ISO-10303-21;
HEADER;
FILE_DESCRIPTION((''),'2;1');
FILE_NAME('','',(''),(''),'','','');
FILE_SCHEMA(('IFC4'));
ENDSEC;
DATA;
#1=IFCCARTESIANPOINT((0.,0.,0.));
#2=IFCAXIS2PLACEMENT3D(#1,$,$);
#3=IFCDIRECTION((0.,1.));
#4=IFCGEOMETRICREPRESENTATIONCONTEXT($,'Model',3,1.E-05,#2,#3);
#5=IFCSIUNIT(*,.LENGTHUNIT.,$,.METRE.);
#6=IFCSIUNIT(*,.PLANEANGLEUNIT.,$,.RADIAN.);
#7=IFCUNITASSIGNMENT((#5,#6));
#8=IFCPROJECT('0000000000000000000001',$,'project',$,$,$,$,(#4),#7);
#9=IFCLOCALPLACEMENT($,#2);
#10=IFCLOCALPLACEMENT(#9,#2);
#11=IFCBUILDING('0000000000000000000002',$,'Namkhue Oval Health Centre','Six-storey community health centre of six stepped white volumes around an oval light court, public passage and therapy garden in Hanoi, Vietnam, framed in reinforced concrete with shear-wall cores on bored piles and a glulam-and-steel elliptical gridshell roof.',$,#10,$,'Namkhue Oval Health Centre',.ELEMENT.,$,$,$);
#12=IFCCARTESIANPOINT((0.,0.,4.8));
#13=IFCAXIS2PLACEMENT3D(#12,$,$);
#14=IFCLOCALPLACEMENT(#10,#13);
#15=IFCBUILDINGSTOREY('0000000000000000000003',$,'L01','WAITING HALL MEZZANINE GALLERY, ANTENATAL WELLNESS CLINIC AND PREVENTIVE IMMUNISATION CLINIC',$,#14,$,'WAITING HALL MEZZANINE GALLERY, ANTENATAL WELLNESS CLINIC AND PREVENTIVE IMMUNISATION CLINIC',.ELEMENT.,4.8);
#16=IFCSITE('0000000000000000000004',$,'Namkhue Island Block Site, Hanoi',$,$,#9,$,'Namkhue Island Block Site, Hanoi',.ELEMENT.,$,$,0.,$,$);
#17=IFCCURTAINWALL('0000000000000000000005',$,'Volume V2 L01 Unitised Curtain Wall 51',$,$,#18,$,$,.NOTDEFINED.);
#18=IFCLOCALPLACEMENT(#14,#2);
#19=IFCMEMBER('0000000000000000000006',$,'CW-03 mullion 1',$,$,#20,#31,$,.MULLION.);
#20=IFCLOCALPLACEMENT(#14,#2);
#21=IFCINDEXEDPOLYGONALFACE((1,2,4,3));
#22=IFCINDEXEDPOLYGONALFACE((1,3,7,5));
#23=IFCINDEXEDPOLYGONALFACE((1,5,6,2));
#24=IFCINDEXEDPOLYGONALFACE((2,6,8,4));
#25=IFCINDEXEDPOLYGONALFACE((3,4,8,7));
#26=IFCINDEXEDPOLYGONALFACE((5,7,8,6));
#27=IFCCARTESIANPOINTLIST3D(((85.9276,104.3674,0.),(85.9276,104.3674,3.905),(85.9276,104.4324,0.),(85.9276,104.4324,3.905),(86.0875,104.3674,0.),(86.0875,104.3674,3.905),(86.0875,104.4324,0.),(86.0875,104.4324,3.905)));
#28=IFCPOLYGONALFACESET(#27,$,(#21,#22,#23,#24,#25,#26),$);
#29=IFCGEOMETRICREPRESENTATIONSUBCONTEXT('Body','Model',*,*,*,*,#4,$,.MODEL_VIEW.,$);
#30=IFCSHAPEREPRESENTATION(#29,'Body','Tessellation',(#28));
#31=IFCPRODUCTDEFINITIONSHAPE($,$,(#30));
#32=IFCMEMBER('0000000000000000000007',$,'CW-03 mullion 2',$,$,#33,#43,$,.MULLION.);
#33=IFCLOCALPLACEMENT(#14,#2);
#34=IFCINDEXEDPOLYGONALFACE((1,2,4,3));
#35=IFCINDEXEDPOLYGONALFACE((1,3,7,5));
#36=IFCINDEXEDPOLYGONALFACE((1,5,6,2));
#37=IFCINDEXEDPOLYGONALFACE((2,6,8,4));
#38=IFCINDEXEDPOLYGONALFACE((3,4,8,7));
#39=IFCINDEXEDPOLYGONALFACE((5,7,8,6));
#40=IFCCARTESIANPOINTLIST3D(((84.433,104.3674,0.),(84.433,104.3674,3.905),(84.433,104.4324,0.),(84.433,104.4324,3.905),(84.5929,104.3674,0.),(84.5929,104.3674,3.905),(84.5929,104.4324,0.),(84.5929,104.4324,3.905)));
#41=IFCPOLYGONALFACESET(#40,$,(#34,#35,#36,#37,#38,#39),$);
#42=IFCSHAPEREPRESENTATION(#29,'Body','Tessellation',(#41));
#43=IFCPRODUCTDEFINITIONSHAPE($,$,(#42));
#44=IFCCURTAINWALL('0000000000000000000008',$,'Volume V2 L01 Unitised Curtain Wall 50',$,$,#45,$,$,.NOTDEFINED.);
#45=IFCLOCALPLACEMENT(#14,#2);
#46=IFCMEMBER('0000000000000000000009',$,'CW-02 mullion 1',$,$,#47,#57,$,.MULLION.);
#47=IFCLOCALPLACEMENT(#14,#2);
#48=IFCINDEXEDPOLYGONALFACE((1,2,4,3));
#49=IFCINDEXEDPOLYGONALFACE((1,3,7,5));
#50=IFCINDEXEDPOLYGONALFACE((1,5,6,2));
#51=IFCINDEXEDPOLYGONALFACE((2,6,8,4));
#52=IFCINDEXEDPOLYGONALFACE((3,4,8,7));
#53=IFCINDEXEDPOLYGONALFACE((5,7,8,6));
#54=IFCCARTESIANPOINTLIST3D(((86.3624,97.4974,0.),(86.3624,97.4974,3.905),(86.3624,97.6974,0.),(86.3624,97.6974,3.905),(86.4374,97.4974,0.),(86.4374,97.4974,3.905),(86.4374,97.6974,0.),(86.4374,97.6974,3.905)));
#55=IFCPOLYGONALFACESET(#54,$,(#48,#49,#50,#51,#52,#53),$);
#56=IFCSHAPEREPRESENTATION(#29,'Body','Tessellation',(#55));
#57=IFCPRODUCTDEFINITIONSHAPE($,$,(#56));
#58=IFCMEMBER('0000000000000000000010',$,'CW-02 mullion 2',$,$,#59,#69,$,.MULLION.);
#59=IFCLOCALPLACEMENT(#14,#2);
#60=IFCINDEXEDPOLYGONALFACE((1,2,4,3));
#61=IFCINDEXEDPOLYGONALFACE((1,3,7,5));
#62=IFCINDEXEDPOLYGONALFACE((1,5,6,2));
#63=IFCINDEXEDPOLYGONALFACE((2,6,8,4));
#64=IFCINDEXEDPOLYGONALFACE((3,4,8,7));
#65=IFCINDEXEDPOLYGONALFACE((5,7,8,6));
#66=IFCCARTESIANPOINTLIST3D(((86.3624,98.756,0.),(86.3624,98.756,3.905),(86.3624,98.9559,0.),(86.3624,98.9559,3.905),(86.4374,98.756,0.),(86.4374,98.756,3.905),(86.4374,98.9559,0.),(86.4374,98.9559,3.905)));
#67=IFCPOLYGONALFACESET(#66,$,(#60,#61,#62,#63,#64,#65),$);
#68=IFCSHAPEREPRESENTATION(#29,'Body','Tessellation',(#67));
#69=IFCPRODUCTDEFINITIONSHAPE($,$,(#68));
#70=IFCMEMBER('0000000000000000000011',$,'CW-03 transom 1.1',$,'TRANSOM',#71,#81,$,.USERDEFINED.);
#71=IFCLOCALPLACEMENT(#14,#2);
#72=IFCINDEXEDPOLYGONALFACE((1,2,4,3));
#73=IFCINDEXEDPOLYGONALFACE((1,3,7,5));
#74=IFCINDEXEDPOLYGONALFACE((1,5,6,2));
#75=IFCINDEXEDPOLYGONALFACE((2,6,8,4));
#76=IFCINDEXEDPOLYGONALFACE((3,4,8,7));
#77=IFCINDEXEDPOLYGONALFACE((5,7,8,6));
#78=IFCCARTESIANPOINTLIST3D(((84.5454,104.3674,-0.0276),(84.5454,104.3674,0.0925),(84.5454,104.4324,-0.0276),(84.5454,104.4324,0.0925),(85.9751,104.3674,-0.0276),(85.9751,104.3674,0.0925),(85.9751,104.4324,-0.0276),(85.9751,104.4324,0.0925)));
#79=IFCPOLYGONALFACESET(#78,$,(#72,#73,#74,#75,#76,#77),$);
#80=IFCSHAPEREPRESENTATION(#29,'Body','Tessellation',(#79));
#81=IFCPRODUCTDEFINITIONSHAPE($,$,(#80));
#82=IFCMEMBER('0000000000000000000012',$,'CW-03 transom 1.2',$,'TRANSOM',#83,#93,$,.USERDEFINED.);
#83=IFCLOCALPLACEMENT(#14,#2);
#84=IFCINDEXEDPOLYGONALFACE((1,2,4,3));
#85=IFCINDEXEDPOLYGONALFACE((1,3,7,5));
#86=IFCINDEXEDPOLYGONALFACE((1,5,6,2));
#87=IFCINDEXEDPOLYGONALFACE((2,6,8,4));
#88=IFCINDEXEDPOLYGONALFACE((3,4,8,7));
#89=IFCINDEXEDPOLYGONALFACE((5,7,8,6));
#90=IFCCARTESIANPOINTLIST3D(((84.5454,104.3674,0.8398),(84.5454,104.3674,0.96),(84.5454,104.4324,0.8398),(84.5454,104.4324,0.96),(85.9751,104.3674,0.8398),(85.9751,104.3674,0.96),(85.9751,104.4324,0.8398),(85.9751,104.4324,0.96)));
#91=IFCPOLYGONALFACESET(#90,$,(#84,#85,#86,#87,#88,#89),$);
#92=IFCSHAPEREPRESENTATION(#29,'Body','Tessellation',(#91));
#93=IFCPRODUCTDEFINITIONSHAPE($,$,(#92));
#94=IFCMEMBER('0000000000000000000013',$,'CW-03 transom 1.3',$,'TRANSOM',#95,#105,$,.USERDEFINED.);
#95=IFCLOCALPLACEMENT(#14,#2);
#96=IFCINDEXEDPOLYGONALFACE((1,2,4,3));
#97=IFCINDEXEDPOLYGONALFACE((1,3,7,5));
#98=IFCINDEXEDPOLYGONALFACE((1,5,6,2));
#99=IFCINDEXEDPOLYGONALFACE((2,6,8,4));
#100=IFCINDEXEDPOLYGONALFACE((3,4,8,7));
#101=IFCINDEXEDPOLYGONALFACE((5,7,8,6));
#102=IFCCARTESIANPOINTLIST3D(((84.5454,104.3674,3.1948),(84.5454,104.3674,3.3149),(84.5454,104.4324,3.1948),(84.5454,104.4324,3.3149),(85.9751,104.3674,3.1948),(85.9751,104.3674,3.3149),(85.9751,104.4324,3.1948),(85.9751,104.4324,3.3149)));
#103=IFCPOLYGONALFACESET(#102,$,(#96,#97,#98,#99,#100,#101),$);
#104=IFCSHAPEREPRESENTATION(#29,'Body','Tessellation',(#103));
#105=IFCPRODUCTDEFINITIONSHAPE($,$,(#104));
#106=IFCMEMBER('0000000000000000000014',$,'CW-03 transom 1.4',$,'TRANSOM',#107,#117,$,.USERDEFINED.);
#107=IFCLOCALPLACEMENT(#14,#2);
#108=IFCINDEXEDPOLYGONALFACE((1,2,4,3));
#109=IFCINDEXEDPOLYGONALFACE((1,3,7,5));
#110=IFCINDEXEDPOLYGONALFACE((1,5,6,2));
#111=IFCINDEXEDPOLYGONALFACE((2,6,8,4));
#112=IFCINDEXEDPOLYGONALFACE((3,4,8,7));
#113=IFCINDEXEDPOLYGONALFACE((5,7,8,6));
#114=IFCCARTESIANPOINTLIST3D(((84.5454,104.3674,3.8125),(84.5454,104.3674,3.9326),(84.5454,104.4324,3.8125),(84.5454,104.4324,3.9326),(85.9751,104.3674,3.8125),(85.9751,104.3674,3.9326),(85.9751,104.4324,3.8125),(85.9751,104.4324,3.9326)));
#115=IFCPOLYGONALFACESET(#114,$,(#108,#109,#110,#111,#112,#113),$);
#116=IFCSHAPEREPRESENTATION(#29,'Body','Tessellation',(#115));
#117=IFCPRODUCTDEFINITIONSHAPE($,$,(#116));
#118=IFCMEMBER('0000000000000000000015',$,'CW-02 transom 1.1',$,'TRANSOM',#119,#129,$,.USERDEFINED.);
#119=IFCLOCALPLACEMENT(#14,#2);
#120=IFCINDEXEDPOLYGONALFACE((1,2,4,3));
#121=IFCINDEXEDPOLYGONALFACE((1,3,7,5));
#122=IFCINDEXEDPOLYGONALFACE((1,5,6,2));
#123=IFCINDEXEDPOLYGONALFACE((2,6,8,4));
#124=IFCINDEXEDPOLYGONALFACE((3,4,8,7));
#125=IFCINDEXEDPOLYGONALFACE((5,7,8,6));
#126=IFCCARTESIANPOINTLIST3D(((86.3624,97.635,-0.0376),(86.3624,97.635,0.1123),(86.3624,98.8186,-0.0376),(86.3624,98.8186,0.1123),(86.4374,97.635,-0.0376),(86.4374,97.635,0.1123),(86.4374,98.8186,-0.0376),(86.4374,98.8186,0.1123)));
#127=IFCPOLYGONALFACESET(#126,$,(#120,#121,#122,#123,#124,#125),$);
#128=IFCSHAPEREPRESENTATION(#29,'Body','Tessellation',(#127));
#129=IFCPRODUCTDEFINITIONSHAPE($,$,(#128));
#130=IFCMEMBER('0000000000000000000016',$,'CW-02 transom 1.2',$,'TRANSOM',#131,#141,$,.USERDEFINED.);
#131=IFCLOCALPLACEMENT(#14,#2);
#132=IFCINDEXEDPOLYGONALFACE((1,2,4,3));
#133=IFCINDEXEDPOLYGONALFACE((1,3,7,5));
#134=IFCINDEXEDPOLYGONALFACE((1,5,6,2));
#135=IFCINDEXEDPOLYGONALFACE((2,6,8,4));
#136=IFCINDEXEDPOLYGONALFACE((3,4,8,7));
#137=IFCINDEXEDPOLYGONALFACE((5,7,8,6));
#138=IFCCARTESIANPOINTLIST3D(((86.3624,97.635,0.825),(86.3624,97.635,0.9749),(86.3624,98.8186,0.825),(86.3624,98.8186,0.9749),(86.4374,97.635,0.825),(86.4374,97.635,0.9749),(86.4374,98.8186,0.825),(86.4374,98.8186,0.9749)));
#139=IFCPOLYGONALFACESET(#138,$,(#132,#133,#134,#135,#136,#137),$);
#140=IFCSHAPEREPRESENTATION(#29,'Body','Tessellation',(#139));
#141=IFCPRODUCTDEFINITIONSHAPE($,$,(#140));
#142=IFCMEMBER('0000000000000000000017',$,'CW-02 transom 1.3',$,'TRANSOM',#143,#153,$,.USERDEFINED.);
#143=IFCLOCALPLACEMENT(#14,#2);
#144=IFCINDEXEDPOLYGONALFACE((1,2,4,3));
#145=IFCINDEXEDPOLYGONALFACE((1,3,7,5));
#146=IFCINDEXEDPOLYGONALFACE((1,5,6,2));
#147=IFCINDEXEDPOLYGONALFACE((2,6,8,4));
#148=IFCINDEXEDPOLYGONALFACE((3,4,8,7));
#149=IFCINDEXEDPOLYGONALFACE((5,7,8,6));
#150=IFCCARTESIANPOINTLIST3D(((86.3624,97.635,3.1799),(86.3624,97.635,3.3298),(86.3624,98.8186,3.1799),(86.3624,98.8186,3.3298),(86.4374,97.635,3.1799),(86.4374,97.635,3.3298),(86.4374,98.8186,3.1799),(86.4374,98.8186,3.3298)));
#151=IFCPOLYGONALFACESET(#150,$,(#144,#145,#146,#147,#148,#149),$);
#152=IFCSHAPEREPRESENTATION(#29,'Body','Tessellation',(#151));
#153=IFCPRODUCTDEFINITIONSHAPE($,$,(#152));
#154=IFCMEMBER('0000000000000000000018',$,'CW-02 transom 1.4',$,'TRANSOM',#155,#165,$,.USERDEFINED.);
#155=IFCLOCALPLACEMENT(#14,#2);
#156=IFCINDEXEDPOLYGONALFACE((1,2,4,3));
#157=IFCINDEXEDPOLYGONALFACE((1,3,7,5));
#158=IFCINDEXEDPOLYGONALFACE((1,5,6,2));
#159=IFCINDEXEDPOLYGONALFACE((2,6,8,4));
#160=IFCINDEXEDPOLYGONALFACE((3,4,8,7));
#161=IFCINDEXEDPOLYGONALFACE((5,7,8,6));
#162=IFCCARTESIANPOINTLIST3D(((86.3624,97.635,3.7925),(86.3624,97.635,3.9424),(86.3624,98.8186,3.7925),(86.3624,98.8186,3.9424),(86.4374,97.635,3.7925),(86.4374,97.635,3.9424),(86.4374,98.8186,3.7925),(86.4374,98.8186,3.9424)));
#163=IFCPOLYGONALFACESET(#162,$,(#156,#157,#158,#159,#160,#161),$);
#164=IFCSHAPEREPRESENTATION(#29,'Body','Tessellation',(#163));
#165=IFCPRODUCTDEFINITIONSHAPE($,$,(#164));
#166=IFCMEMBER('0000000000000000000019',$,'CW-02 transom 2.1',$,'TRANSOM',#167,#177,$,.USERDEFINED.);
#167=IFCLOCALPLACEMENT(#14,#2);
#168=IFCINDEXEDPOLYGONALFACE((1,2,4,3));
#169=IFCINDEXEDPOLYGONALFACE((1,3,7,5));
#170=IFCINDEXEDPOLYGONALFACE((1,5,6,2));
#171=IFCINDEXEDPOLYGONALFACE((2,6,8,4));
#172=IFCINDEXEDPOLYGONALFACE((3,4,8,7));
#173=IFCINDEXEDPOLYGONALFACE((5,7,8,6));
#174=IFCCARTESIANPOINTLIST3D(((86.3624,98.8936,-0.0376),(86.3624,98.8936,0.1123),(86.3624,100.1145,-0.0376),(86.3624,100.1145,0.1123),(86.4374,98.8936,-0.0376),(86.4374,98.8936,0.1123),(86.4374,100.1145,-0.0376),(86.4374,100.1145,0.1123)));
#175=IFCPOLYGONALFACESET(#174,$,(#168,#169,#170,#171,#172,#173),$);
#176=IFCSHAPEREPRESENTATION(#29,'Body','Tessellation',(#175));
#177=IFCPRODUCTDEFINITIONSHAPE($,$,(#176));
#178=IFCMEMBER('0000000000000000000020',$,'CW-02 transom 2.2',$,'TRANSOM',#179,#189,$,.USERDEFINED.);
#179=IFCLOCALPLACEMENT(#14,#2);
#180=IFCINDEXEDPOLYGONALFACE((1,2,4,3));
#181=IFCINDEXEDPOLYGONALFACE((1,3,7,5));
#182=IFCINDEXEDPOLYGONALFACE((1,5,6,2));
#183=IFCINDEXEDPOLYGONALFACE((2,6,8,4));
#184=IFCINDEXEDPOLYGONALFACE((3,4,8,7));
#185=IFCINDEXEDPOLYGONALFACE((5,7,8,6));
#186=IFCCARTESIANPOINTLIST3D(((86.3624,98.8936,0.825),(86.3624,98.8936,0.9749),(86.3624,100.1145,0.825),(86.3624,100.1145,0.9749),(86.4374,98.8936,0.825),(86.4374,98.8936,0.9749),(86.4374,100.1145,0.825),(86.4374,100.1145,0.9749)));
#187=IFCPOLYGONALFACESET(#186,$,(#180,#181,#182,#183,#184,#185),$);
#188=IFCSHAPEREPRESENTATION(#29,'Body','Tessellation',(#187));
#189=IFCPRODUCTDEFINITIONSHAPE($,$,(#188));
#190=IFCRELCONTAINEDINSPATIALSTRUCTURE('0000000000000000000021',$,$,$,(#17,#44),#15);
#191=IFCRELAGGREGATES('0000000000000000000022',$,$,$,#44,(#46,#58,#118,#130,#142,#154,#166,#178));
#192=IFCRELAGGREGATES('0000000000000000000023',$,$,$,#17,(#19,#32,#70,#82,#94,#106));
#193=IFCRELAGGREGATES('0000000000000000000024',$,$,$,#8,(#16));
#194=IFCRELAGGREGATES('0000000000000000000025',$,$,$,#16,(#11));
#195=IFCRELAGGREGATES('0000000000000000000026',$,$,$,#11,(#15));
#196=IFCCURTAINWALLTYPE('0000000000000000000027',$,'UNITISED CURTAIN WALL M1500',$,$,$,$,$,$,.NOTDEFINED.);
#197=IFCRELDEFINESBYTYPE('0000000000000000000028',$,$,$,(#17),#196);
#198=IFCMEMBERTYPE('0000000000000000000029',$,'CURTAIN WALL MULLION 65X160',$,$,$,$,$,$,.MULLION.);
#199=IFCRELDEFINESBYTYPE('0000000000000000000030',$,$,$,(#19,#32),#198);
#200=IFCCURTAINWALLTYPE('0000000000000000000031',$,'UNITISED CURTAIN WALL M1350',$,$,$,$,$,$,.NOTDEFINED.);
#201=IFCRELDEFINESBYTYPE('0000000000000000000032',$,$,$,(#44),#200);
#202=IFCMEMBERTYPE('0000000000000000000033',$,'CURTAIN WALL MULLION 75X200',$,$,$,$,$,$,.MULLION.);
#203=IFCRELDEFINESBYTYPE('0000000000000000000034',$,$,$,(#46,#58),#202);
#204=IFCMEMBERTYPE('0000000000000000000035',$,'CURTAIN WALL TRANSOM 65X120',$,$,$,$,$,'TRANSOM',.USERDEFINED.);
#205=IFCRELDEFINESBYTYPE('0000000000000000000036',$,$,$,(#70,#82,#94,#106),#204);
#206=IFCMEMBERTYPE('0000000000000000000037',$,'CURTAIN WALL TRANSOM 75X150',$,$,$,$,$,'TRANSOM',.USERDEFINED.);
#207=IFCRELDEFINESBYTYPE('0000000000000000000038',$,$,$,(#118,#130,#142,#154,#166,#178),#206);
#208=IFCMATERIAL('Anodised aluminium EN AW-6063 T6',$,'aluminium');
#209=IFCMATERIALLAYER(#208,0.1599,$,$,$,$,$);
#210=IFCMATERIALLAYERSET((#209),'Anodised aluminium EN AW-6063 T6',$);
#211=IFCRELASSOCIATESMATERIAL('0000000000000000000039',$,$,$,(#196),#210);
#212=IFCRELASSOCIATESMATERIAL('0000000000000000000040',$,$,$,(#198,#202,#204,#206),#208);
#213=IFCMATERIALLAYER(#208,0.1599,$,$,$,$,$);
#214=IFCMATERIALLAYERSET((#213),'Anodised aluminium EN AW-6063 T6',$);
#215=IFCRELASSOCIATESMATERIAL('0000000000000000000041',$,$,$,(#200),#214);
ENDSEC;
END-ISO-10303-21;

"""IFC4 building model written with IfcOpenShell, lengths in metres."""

from ifc_helpers import new_model, si_unit, direction, frame, origin, origin_2d, place, context, subcontext, project, spatial, rectangle, extrude, material, layer, layer_set, material_profile, profile_set, type_object, element, aggregate, save


model = new_model("IFC4")

# Units and contexts
model_context = context("Model", 3, precision=1e-05, world=origin(), true_north=direction((0.0, 1.0)))
body_context = subcontext(model_context, "Body", "Model", "MODEL_VIEW")
ifc_project = project(units=[si_unit("LENGTHUNIT", "METRE"), si_unit("PLANEANGLEUNIT", "RADIAN")], contexts=[model_context])

# Site, building, storey
site_placement = place(None, origin())
site = spatial("IfcSite", under=ifc_project, at=site_placement, Name="Namkhue Island Block Site, Hanoi", LongName="Namkhue Island Block Site, Hanoi", CompositionType="ELEMENT", RefElevation=0.0)
building_placement = place(site_placement, origin())
building = spatial("IfcBuilding", under=site, at=building_placement, Name="Namkhue Oval Health Centre", Description="Six-storey community health centre of six stepped white volumes around an oval light court, public passage and therapy garden in Hanoi, Vietnam, framed in reinforced concrete with shear-wall cores on bored piles and a glulam-and-steel elliptical gridshell roof.", LongName="Namkhue Oval Health Centre", CompositionType="ELEMENT")
storey_placement = place(building_placement, frame((0.0, 0.0, 4.8)))
storey = spatial("IfcBuildingStorey", under=building, at=storey_placement, Name="L01", Description="WAITING HALL MEZZANINE GALLERY, ANTENATAL WELLNESS CLINIC AND PREVENTIVE IMMUNISATION CLINIC", LongName="WAITING HALL MEZZANINE GALLERY, ANTENATAL WELLNESS CLINIC AND PREVENTIVE IMMUNISATION CLINIC", CompositionType="ELEMENT", Elevation=4.8)

# Curtain walls, members
ifc_material_1 = material(Name="Anodised aluminium EN AW-6063 T6", Category="aluminium")
ifc_layer_1 = layer(ifc_material_1, 0.1599)
ifc_layer_set_1 = layer_set([ifc_layer_1], Name="Anodised aluminium EN AW-6063 T6")
curtain_wall_type_1 = type_object("IfcCurtainWallType", Name="UNITISED CURTAIN WALL M1500", PredefinedType="NOTDEFINED", material=ifc_layer_set_1)
curtain_wall_1_placement = place(storey_placement, origin())
curtain_wall_1 = element("IfcCurtainWall", 1, at=curtain_wall_1_placement, inside=storey, type_object=curtain_wall_type_1, Name="Volume V2 L01 Unitised Curtain Wall 51", PredefinedType="NOTDEFINED")
ifc_material_profile_1 = material_profile(ifc_material_1, rectangle(XDim=0.0649, YDim=0.1599, at=origin_2d()), Name="ALU 65x160")
ifc_profile_set_1 = profile_set([ifc_material_profile_1], Name="Anodised aluminium EN AW-6063 T6")
member_type_1 = type_object("IfcMemberType", Name="CURTAIN WALL MULLION 65X160", PredefinedType="MULLION", material=ifc_profile_set_1)
member_1_placement = place(storey_placement, frame((86.0076, 104.3999, 0.0), z_axis=(0.0, 0.0, 1.0), x_axis=(0.0, -1.0, 0.0)))
member_1 = element("IfcMember", 2, at=member_1_placement, type_object=member_type_1, Name="CW-03 mullion 1", PredefinedType="MULLION", context=body_context, shape_type="SweptSolid", body=[
    extrude(rectangle(XDim=0.0649, YDim=0.1599, at=origin_2d()), origin(), (0.0, 0.0, 1.0), 3.905),
])
member_2_placement = place(storey_placement, frame((84.5129, 104.3999, 0.0), z_axis=(0.0, 0.0, 1.0), x_axis=(0.0, -1.0, 0.0)))
member_2 = element("IfcMember", 3, at=member_2_placement, type_object=member_type_1, Name="CW-03 mullion 2", PredefinedType="MULLION", context=body_context, shape_type="SweptSolid", body=[
    extrude(rectangle(XDim=0.0649, YDim=0.1599, at=origin_2d()), origin(), (0.0, 0.0, 1.0), 3.905),
])
ifc_layer_2 = layer(ifc_material_1, 0.1599)
ifc_layer_set_2 = layer_set([ifc_layer_2], Name="Anodised aluminium EN AW-6063 T6")
curtain_wall_type_2 = type_object("IfcCurtainWallType", Name="UNITISED CURTAIN WALL M1350", PredefinedType="NOTDEFINED", material=ifc_layer_set_2)
curtain_wall_2_placement = place(storey_placement, origin())
curtain_wall_2 = element("IfcCurtainWall", 4, at=curtain_wall_2_placement, inside=storey, type_object=curtain_wall_type_2, Name="Volume V2 L01 Unitised Curtain Wall 50", PredefinedType="NOTDEFINED")
ifc_material_profile_2 = material_profile(ifc_material_1, rectangle(XDim=0.075, YDim=0.2, at=origin_2d()), Name="ALU 75x200")
ifc_profile_set_2 = profile_set([ifc_material_profile_2], Name="Anodised aluminium EN AW-6063 T6")
member_type_2 = type_object("IfcMemberType", Name="CURTAIN WALL MULLION 75X200", PredefinedType="MULLION", material=ifc_profile_set_2)
member_3_placement = place(storey_placement, frame((86.3999, 97.5974, 0.0), z_axis=(0.0, 0.0, 1.0), x_axis=(-1.0, 0.0, 0.0)))
member_3 = element("IfcMember", 5, at=member_3_placement, type_object=member_type_2, Name="CW-02 mullion 1", PredefinedType="MULLION", context=body_context, shape_type="SweptSolid", body=[
    extrude(rectangle(XDim=0.075, YDim=0.2, at=origin_2d()), origin(), (0.0, 0.0, 1.0), 3.905),
])
member_4_placement = place(storey_placement, frame((86.3999, 98.856, 0.0), z_axis=(0.0, 0.0, 1.0), x_axis=(-1.0, 0.0, 0.0)))
member_4 = element("IfcMember", 6, at=member_4_placement, type_object=member_type_2, Name="CW-02 mullion 2", PredefinedType="MULLION", context=body_context, shape_type="SweptSolid", body=[
    extrude(rectangle(XDim=0.075, YDim=0.2, at=origin_2d()), origin(), (0.0, 0.0, 1.0), 3.905),
])

# Members
ifc_material_profile_3 = material_profile(ifc_material_1, rectangle(XDim=0.0649, YDim=0.1201, at=origin_2d()), Name="ALU 65x120")
ifc_profile_set_3 = profile_set([ifc_material_profile_3], Name="Anodised aluminium EN AW-6063 T6")
member_type_3 = type_object("IfcMemberType", Name="CURTAIN WALL TRANSOM 65X120", ElementType="TRANSOM", PredefinedType="USERDEFINED", material=ifc_profile_set_3)
member_5_placement = place(storey_placement, frame((85.9751, 104.3999, 0.0325), z_axis=(-1.0, 0.0, 0.0), x_axis=(0.0, -1.0, 0.0)))
member_5 = element("IfcMember", 7, at=member_5_placement, type_object=member_type_3, Name="CW-03 transom 1.1", ObjectType="TRANSOM", PredefinedType="USERDEFINED", context=body_context, shape_type="SweptSolid", body=[
    extrude(rectangle(XDim=0.0649, YDim=0.1201, at=origin_2d()), origin(), (0.0, 0.0, 1.0), 1.4297),
])
member_6_placement = place(storey_placement, frame((85.9751, 104.3999, 0.8999), z_axis=(-1.0, 0.0, 0.0), x_axis=(0.0, -1.0, 0.0)))
member_6 = element("IfcMember", 8, at=member_6_placement, type_object=member_type_3, Name="CW-03 transom 1.2", ObjectType="TRANSOM", PredefinedType="USERDEFINED", context=body_context, shape_type="SweptSolid", body=[
    extrude(rectangle(XDim=0.0649, YDim=0.1201, at=origin_2d()), origin(), (0.0, 0.0, 1.0), 1.4297),
])
member_7_placement = place(storey_placement, frame((85.9751, 104.3999, 3.2549), z_axis=(-1.0, 0.0, 0.0), x_axis=(0.0, -1.0, 0.0)))
member_7 = element("IfcMember", 9, at=member_7_placement, type_object=member_type_3, Name="CW-03 transom 1.3", ObjectType="TRANSOM", PredefinedType="USERDEFINED", context=body_context, shape_type="SweptSolid", body=[
    extrude(rectangle(XDim=0.0649, YDim=0.1201, at=origin_2d()), origin(), (0.0, 0.0, 1.0), 1.4297),
])
member_8_placement = place(storey_placement, frame((85.9751, 104.3999, 3.8726), z_axis=(-1.0, 0.0, 0.0), x_axis=(0.0, -1.0, 0.0)))
member_8 = element("IfcMember", 10, at=member_8_placement, type_object=member_type_3, Name="CW-03 transom 1.4", ObjectType="TRANSOM", PredefinedType="USERDEFINED", context=body_context, shape_type="SweptSolid", body=[
    extrude(rectangle(XDim=0.0649, YDim=0.1201, at=origin_2d()), origin(), (0.0, 0.0, 1.0), 1.4297),
])
ifc_material_profile_4 = material_profile(ifc_material_1, rectangle(XDim=0.075, YDim=0.1499, at=origin_2d()), Name="ALU 75x150")
ifc_profile_set_4 = profile_set([ifc_material_profile_4], Name="Anodised aluminium EN AW-6063 T6")
member_type_4 = type_object("IfcMemberType", Name="CURTAIN WALL TRANSOM 75X150", ElementType="TRANSOM", PredefinedType="USERDEFINED", material=ifc_profile_set_4)
member_9_placement = place(storey_placement, frame((86.3999, 97.635, 0.0374), z_axis=(0.0, 1.0, 0.0), x_axis=(-1.0, 0.0, 0.0)))
member_9 = element("IfcMember", 11, at=member_9_placement, type_object=member_type_4, Name="CW-02 transom 1.1", ObjectType="TRANSOM", PredefinedType="USERDEFINED", context=body_context, shape_type="SweptSolid", body=[
    extrude(rectangle(XDim=0.075, YDim=0.1499, at=origin_2d()), origin(), (0.0, 0.0, 1.0), 1.1836),
])
member_10_placement = place(storey_placement, frame((86.3999, 97.635, 0.8999), z_axis=(0.0, 1.0, 0.0), x_axis=(-1.0, 0.0, 0.0)))
member_10 = element("IfcMember", 12, at=member_10_placement, type_object=member_type_4, Name="CW-02 transom 1.2", ObjectType="TRANSOM", PredefinedType="USERDEFINED", context=body_context, shape_type="SweptSolid", body=[
    extrude(rectangle(XDim=0.075, YDim=0.1499, at=origin_2d()), origin(), (0.0, 0.0, 1.0), 1.1836),
])
member_11_placement = place(storey_placement, frame((86.3999, 97.635, 3.2549), z_axis=(0.0, 1.0, 0.0), x_axis=(-1.0, 0.0, 0.0)))
member_11 = element("IfcMember", 13, at=member_11_placement, type_object=member_type_4, Name="CW-02 transom 1.3", ObjectType="TRANSOM", PredefinedType="USERDEFINED", context=body_context, shape_type="SweptSolid", body=[
    extrude(rectangle(XDim=0.075, YDim=0.1499, at=origin_2d()), origin(), (0.0, 0.0, 1.0), 1.1836),
])
member_12_placement = place(storey_placement, frame((86.3999, 97.635, 3.8674), z_axis=(0.0, 1.0, 0.0), x_axis=(-1.0, 0.0, 0.0)))
member_12 = element("IfcMember", 14, at=member_12_placement, type_object=member_type_4, Name="CW-02 transom 1.4", ObjectType="TRANSOM", PredefinedType="USERDEFINED", context=body_context, shape_type="SweptSolid", body=[
    extrude(rectangle(XDim=0.075, YDim=0.1499, at=origin_2d()), origin(), (0.0, 0.0, 1.0), 1.1836),
])
member_13_placement = place(storey_placement, frame((86.3999, 98.8936, 0.0374), z_axis=(0.0, 1.0, 0.0), x_axis=(-1.0, 0.0, 0.0)))
member_13 = element("IfcMember", 15, at=member_13_placement, type_object=member_type_4, Name="CW-02 transom 2.1", ObjectType="TRANSOM", PredefinedType="USERDEFINED", context=body_context, shape_type="SweptSolid", body=[
    extrude(rectangle(XDim=0.075, YDim=0.1499, at=origin_2d()), origin(), (0.0, 0.0, 1.0), 1.2209),
])
member_14_placement = place(storey_placement, frame((86.3999, 98.8936, 0.8999), z_axis=(0.0, 1.0, 0.0), x_axis=(-1.0, 0.0, 0.0)))
member_14 = element("IfcMember", 16, at=member_14_placement, type_object=member_type_4, Name="CW-02 transom 2.2", ObjectType="TRANSOM", PredefinedType="USERDEFINED", context=body_context, shape_type="SweptSolid", body=[
    extrude(rectangle(XDim=0.075, YDim=0.1499, at=origin_2d()), origin(), (0.0, 0.0, 1.0), 1.2209),
])

aggregate(curtain_wall_2, [member_3, member_4, member_9, member_10, member_11, member_12, member_13, member_14])
aggregate(curtain_wall_1, [member_1, member_2, member_5, member_6, member_7, member_8])

save(model, "model.ifc")
